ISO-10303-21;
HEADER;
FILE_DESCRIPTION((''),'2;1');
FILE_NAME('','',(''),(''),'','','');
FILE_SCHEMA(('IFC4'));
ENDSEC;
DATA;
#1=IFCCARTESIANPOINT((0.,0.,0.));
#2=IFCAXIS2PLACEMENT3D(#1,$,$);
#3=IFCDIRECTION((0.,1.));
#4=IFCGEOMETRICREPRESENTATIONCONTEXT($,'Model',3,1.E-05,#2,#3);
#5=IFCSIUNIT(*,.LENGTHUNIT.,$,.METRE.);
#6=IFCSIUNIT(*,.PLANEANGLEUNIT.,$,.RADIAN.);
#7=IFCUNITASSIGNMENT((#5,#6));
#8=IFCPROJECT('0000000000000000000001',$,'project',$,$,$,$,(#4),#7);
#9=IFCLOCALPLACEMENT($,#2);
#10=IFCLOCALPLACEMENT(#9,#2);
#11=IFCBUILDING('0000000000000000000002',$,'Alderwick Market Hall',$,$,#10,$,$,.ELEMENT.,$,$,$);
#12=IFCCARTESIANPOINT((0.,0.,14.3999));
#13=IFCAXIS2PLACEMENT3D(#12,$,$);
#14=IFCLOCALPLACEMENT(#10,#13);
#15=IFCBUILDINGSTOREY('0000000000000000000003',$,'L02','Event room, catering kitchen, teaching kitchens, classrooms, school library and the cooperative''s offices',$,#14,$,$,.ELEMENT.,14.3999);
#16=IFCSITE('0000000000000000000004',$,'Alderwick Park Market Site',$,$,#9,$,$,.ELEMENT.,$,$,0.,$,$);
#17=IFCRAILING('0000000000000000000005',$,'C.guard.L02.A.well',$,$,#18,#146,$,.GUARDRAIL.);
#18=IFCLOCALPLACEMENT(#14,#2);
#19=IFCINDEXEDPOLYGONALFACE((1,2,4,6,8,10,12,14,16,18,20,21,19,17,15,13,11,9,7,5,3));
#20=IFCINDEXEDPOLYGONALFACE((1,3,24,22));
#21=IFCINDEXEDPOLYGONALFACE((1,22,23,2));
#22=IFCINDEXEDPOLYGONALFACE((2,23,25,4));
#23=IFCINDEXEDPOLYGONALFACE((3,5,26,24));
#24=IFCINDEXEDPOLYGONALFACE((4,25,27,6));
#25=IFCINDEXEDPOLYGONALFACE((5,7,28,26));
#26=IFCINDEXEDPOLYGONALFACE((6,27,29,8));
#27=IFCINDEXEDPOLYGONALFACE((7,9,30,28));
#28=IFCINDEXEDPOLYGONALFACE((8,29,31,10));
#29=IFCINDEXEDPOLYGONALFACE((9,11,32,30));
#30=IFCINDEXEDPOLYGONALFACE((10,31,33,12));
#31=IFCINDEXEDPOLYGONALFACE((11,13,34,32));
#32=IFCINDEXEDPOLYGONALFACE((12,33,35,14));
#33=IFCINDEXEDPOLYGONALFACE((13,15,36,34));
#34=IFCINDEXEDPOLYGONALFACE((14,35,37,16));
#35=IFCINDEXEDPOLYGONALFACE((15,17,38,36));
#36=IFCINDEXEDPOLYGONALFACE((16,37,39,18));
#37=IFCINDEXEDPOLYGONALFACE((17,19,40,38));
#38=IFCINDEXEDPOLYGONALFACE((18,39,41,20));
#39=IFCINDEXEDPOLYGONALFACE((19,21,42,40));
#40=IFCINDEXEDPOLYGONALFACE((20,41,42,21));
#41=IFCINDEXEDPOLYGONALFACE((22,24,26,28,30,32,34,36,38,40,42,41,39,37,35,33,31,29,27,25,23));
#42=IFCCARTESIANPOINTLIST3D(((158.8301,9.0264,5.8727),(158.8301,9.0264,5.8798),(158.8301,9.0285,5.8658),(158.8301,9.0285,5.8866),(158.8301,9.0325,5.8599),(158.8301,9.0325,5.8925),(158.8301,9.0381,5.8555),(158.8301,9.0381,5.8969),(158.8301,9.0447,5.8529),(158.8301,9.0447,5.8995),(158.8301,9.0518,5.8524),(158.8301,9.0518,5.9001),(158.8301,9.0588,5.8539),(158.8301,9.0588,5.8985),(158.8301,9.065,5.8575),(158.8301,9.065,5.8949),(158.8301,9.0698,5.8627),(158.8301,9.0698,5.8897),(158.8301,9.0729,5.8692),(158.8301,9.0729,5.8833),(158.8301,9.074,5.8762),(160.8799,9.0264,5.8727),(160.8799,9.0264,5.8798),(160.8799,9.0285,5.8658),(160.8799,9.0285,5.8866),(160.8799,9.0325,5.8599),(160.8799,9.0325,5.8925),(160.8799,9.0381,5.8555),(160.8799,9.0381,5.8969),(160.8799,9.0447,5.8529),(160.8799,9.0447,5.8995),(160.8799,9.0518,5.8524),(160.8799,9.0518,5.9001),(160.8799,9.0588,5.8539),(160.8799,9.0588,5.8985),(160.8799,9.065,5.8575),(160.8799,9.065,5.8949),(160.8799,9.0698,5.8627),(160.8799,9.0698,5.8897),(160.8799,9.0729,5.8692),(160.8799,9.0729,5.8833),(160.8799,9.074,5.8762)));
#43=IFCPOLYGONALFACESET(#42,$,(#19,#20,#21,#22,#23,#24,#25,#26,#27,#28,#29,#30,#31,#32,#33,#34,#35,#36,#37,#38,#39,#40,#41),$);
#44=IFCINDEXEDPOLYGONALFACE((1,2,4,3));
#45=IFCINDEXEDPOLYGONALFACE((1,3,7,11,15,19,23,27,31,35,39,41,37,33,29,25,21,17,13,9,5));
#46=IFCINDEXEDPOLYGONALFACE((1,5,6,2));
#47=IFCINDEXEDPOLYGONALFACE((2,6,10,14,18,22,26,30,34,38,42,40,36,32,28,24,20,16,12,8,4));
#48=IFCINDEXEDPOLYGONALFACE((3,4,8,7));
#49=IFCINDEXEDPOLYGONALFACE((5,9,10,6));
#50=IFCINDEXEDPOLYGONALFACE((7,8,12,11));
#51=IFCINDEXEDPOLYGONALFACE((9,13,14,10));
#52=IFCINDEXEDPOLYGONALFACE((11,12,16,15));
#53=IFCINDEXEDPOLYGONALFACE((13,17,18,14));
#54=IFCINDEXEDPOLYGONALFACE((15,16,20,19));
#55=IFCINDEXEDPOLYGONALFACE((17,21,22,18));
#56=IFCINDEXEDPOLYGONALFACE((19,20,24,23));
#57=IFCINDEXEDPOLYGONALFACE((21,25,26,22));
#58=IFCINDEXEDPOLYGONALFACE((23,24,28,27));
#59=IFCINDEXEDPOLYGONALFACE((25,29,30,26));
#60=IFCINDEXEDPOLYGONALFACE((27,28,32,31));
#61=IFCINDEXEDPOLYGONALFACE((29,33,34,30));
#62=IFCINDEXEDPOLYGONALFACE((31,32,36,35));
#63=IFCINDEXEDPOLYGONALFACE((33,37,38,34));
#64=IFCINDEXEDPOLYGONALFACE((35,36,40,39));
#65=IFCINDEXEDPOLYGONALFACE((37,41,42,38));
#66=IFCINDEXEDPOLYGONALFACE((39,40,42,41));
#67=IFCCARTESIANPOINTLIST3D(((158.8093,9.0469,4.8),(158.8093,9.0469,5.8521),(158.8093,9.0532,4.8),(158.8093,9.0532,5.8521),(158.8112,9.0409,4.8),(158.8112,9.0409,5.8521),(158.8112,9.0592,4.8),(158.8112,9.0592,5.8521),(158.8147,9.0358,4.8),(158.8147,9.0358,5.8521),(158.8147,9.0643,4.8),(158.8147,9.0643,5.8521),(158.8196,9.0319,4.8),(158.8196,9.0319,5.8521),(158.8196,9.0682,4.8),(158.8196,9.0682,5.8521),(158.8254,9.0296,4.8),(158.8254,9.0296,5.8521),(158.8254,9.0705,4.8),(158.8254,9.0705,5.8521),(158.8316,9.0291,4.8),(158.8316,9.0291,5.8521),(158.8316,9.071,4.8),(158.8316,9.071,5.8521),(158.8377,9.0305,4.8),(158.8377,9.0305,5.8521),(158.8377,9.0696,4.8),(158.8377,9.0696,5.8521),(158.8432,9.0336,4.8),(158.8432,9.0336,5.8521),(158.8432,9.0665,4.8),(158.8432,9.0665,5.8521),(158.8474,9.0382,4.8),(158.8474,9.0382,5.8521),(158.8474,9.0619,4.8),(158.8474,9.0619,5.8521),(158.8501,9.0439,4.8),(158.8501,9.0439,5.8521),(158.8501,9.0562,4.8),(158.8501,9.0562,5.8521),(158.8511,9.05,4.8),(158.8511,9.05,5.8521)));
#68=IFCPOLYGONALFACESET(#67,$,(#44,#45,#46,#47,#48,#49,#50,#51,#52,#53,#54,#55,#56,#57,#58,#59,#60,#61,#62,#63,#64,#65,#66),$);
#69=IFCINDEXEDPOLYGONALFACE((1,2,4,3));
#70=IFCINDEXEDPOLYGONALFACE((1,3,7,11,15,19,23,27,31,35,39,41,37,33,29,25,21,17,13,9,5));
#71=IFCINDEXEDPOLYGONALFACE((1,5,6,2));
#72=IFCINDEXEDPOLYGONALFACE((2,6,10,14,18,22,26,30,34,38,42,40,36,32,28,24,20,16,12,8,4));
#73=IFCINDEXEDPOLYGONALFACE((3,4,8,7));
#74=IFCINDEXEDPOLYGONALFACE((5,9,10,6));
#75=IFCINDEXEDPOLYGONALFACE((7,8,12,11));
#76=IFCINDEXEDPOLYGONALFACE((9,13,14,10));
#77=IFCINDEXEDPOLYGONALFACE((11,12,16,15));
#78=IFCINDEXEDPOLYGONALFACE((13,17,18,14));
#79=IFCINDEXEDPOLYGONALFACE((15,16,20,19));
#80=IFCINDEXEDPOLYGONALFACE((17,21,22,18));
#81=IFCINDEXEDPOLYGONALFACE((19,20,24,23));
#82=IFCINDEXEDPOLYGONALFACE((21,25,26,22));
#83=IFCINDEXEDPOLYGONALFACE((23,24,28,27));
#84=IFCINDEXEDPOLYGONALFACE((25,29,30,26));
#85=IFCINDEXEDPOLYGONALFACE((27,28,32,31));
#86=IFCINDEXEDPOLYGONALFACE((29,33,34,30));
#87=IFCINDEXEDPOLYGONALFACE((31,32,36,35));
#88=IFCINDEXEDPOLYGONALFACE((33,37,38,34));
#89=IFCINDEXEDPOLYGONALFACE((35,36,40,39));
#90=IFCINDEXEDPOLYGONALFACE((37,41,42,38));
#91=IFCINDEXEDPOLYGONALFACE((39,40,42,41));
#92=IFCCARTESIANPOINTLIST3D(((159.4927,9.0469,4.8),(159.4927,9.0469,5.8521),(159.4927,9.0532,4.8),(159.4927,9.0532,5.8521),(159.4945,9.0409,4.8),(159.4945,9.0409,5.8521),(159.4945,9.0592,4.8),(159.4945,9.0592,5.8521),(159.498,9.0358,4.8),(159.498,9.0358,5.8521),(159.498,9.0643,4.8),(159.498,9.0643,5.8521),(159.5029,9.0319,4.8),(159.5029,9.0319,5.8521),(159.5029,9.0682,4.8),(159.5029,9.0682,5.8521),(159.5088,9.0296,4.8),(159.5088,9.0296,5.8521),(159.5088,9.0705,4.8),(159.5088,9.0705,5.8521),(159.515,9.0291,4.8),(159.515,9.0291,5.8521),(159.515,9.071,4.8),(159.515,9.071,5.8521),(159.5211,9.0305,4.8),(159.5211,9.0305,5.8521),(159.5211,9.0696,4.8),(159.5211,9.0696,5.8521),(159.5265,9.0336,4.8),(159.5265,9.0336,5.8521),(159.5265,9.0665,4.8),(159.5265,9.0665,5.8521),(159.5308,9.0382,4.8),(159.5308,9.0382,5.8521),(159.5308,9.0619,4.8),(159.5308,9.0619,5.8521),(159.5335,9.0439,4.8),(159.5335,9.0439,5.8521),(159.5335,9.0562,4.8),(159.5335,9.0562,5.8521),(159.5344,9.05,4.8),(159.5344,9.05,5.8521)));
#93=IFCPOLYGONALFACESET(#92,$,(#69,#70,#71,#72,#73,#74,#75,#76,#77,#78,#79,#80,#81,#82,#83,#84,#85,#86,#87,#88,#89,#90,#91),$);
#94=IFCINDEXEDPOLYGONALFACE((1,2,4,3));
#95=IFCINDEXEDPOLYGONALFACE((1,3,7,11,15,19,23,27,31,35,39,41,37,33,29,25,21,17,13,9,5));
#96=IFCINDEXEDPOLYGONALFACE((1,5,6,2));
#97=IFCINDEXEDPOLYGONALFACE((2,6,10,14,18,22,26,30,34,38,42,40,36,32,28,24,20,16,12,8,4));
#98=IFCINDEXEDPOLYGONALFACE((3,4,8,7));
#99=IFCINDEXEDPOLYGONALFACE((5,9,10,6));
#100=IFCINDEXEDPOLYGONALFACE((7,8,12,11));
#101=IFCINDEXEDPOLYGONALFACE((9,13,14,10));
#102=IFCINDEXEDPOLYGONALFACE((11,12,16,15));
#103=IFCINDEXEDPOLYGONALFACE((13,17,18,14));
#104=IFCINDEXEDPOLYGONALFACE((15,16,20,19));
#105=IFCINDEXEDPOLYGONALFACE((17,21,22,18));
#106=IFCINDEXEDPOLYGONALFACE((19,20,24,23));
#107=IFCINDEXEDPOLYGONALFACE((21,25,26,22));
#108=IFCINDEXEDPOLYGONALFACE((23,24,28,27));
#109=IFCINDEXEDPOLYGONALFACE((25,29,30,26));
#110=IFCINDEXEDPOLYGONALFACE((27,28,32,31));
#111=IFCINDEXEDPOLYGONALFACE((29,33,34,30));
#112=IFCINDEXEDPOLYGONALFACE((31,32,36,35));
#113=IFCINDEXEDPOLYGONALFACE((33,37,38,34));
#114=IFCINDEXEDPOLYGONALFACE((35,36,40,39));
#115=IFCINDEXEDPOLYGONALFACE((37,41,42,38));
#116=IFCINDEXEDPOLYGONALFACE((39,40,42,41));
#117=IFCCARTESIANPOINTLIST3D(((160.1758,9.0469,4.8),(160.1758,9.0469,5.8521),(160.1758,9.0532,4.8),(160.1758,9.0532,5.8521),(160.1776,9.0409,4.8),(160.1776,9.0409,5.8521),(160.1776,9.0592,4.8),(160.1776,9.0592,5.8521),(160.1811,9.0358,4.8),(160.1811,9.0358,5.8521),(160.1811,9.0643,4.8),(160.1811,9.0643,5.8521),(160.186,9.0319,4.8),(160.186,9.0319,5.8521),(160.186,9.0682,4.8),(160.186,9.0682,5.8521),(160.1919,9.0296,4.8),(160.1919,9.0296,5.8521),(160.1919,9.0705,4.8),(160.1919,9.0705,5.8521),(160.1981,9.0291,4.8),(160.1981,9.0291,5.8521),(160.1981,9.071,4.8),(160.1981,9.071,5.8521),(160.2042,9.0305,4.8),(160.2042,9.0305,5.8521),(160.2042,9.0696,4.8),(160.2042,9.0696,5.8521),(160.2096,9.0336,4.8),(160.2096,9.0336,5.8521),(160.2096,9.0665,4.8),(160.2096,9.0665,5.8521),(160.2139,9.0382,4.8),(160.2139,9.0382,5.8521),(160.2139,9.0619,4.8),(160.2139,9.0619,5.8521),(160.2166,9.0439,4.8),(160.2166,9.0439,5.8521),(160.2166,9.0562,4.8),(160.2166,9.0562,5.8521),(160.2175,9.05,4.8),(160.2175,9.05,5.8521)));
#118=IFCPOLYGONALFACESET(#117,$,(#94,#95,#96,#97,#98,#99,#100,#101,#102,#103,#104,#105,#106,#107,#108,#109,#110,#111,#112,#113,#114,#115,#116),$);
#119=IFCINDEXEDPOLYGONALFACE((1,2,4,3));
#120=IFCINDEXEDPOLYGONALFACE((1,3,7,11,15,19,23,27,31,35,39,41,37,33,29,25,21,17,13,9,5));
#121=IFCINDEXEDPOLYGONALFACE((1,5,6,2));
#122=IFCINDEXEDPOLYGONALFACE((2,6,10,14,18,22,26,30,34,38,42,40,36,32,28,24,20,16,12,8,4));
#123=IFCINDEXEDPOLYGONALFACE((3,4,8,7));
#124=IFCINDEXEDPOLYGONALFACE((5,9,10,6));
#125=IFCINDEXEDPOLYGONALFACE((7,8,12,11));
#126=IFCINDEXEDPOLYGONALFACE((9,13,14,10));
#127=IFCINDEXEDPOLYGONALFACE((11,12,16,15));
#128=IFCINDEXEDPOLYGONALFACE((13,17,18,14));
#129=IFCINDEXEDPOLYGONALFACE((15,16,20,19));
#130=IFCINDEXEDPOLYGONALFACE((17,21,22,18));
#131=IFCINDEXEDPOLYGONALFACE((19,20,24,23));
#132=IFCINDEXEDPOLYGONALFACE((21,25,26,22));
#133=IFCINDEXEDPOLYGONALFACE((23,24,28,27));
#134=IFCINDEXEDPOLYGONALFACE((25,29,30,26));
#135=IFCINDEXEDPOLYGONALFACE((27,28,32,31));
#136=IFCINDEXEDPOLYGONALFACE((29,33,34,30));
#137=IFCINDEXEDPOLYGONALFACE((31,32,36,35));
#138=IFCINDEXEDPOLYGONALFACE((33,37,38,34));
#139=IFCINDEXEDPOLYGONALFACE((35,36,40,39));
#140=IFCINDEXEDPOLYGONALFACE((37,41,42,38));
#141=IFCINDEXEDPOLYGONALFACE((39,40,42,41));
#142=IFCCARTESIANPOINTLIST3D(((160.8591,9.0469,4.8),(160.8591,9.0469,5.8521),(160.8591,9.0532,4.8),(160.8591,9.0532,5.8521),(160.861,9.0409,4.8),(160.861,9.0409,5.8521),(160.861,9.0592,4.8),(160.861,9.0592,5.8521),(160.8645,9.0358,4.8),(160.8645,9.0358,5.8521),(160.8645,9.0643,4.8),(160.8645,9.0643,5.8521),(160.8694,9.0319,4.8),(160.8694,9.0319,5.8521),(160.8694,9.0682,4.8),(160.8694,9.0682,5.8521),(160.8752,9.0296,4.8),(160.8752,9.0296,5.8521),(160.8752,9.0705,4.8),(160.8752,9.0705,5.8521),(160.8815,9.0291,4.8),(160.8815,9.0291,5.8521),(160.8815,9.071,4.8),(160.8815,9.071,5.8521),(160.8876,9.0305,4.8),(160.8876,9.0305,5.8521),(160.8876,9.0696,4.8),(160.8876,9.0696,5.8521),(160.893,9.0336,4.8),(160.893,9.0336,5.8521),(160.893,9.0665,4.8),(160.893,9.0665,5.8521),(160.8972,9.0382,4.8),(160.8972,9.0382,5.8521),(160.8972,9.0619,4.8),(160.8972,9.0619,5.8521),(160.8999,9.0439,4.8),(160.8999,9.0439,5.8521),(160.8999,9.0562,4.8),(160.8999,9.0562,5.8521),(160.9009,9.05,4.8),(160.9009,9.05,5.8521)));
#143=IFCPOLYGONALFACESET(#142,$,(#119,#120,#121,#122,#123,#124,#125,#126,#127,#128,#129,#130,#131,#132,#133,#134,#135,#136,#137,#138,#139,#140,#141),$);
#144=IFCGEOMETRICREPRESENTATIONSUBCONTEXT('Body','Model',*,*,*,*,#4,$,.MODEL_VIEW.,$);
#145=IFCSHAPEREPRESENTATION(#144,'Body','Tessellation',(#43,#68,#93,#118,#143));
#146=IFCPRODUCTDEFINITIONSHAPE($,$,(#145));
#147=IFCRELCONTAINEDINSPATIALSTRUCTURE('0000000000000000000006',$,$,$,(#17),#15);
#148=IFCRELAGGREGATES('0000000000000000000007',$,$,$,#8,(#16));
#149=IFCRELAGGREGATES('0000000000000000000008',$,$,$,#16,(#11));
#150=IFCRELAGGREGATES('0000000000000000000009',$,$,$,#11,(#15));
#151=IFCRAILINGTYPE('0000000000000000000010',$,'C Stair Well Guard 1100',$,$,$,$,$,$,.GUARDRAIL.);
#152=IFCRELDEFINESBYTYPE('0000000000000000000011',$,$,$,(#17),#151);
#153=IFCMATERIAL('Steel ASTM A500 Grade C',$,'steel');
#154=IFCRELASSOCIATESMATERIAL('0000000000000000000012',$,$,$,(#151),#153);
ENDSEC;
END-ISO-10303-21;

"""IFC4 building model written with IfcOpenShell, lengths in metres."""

from ifc_helpers import new_model, si_unit, direction, frame, origin, origin_2d, place, context, subcontext, project, spatial, circle, extrude, material, type_object, element, save


model = new_model("IFC4")

# Units and contexts
model_context = context("Model", 3, precision=1e-05, world=origin(), true_north=direction((0.0, 1.0)))
body_context = subcontext(model_context, "Body", "Model", "MODEL_VIEW")
ifc_project = project(units=[si_unit("LENGTHUNIT", "METRE"), si_unit("PLANEANGLEUNIT", "RADIAN")], contexts=[model_context])

# Site, building, storey
site_placement = place(None, origin())
site = spatial("IfcSite", under=ifc_project, at=site_placement, Name="Alderwick Park Market Site", CompositionType="ELEMENT", RefElevation=0.0)
building_placement = place(site_placement, origin())
building = spatial("IfcBuilding", under=site, at=building_placement, Name="Alderwick Market Hall", CompositionType="ELEMENT")
storey_placement = place(building_placement, frame((0.0, 0.0, 14.3999)))
storey = spatial("IfcBuildingStorey", under=building, at=storey_placement, Name="L02", Description="Event room, catering kitchen, teaching kitchens, classrooms, school library and the cooperative's offices", CompositionType="ELEMENT", Elevation=14.3999)

# Railing
ifc_material_1 = material(Name="Steel ASTM A500 Grade C", Category="steel")
railing_type_1 = type_object("IfcRailingType", Name="C Stair Well Guard 1100", PredefinedType="GUARDRAIL", material=ifc_material_1)
railing_1_placement = place(storey_placement, frame((158.8301, 9.05, 4.8)))
element("IfcRailing", 1, at=railing_1_placement, inside=storey, type_object=railing_type_1, Name="C.guard.L02.A.well", PredefinedType="GUARDRAIL", context=body_context, shape_type="SweptSolid", body=[
    extrude(circle(Radius=0.0239, at=origin_2d()), frame((0.0, 0.0, 1.0762), z_axis=(1.0, 0.0, 0.0), x_axis=(0.0, 1.0, 0.0)), (0.0, 0.0, 1.0), 2.0498),
    extrude(circle(Radius=0.021, at=origin_2d()), origin(), (0.0, 0.0, 1.0), 1.052),
    extrude(circle(Radius=0.021, at=origin_2d()), frame((0.6833, 0.0, 0.0)), (0.0, 0.0, 1.0), 1.052),
    extrude(circle(Radius=0.021, at=origin_2d()), frame((1.3665, 0.0, 0.0)), (0.0, 0.0, 1.0), 1.052),
    extrude(circle(Radius=0.021, at=origin_2d()), frame((2.0498, 0.0, 0.0)), (0.0, 0.0, 1.0), 1.052),
])

save(model, "model.ifc")
